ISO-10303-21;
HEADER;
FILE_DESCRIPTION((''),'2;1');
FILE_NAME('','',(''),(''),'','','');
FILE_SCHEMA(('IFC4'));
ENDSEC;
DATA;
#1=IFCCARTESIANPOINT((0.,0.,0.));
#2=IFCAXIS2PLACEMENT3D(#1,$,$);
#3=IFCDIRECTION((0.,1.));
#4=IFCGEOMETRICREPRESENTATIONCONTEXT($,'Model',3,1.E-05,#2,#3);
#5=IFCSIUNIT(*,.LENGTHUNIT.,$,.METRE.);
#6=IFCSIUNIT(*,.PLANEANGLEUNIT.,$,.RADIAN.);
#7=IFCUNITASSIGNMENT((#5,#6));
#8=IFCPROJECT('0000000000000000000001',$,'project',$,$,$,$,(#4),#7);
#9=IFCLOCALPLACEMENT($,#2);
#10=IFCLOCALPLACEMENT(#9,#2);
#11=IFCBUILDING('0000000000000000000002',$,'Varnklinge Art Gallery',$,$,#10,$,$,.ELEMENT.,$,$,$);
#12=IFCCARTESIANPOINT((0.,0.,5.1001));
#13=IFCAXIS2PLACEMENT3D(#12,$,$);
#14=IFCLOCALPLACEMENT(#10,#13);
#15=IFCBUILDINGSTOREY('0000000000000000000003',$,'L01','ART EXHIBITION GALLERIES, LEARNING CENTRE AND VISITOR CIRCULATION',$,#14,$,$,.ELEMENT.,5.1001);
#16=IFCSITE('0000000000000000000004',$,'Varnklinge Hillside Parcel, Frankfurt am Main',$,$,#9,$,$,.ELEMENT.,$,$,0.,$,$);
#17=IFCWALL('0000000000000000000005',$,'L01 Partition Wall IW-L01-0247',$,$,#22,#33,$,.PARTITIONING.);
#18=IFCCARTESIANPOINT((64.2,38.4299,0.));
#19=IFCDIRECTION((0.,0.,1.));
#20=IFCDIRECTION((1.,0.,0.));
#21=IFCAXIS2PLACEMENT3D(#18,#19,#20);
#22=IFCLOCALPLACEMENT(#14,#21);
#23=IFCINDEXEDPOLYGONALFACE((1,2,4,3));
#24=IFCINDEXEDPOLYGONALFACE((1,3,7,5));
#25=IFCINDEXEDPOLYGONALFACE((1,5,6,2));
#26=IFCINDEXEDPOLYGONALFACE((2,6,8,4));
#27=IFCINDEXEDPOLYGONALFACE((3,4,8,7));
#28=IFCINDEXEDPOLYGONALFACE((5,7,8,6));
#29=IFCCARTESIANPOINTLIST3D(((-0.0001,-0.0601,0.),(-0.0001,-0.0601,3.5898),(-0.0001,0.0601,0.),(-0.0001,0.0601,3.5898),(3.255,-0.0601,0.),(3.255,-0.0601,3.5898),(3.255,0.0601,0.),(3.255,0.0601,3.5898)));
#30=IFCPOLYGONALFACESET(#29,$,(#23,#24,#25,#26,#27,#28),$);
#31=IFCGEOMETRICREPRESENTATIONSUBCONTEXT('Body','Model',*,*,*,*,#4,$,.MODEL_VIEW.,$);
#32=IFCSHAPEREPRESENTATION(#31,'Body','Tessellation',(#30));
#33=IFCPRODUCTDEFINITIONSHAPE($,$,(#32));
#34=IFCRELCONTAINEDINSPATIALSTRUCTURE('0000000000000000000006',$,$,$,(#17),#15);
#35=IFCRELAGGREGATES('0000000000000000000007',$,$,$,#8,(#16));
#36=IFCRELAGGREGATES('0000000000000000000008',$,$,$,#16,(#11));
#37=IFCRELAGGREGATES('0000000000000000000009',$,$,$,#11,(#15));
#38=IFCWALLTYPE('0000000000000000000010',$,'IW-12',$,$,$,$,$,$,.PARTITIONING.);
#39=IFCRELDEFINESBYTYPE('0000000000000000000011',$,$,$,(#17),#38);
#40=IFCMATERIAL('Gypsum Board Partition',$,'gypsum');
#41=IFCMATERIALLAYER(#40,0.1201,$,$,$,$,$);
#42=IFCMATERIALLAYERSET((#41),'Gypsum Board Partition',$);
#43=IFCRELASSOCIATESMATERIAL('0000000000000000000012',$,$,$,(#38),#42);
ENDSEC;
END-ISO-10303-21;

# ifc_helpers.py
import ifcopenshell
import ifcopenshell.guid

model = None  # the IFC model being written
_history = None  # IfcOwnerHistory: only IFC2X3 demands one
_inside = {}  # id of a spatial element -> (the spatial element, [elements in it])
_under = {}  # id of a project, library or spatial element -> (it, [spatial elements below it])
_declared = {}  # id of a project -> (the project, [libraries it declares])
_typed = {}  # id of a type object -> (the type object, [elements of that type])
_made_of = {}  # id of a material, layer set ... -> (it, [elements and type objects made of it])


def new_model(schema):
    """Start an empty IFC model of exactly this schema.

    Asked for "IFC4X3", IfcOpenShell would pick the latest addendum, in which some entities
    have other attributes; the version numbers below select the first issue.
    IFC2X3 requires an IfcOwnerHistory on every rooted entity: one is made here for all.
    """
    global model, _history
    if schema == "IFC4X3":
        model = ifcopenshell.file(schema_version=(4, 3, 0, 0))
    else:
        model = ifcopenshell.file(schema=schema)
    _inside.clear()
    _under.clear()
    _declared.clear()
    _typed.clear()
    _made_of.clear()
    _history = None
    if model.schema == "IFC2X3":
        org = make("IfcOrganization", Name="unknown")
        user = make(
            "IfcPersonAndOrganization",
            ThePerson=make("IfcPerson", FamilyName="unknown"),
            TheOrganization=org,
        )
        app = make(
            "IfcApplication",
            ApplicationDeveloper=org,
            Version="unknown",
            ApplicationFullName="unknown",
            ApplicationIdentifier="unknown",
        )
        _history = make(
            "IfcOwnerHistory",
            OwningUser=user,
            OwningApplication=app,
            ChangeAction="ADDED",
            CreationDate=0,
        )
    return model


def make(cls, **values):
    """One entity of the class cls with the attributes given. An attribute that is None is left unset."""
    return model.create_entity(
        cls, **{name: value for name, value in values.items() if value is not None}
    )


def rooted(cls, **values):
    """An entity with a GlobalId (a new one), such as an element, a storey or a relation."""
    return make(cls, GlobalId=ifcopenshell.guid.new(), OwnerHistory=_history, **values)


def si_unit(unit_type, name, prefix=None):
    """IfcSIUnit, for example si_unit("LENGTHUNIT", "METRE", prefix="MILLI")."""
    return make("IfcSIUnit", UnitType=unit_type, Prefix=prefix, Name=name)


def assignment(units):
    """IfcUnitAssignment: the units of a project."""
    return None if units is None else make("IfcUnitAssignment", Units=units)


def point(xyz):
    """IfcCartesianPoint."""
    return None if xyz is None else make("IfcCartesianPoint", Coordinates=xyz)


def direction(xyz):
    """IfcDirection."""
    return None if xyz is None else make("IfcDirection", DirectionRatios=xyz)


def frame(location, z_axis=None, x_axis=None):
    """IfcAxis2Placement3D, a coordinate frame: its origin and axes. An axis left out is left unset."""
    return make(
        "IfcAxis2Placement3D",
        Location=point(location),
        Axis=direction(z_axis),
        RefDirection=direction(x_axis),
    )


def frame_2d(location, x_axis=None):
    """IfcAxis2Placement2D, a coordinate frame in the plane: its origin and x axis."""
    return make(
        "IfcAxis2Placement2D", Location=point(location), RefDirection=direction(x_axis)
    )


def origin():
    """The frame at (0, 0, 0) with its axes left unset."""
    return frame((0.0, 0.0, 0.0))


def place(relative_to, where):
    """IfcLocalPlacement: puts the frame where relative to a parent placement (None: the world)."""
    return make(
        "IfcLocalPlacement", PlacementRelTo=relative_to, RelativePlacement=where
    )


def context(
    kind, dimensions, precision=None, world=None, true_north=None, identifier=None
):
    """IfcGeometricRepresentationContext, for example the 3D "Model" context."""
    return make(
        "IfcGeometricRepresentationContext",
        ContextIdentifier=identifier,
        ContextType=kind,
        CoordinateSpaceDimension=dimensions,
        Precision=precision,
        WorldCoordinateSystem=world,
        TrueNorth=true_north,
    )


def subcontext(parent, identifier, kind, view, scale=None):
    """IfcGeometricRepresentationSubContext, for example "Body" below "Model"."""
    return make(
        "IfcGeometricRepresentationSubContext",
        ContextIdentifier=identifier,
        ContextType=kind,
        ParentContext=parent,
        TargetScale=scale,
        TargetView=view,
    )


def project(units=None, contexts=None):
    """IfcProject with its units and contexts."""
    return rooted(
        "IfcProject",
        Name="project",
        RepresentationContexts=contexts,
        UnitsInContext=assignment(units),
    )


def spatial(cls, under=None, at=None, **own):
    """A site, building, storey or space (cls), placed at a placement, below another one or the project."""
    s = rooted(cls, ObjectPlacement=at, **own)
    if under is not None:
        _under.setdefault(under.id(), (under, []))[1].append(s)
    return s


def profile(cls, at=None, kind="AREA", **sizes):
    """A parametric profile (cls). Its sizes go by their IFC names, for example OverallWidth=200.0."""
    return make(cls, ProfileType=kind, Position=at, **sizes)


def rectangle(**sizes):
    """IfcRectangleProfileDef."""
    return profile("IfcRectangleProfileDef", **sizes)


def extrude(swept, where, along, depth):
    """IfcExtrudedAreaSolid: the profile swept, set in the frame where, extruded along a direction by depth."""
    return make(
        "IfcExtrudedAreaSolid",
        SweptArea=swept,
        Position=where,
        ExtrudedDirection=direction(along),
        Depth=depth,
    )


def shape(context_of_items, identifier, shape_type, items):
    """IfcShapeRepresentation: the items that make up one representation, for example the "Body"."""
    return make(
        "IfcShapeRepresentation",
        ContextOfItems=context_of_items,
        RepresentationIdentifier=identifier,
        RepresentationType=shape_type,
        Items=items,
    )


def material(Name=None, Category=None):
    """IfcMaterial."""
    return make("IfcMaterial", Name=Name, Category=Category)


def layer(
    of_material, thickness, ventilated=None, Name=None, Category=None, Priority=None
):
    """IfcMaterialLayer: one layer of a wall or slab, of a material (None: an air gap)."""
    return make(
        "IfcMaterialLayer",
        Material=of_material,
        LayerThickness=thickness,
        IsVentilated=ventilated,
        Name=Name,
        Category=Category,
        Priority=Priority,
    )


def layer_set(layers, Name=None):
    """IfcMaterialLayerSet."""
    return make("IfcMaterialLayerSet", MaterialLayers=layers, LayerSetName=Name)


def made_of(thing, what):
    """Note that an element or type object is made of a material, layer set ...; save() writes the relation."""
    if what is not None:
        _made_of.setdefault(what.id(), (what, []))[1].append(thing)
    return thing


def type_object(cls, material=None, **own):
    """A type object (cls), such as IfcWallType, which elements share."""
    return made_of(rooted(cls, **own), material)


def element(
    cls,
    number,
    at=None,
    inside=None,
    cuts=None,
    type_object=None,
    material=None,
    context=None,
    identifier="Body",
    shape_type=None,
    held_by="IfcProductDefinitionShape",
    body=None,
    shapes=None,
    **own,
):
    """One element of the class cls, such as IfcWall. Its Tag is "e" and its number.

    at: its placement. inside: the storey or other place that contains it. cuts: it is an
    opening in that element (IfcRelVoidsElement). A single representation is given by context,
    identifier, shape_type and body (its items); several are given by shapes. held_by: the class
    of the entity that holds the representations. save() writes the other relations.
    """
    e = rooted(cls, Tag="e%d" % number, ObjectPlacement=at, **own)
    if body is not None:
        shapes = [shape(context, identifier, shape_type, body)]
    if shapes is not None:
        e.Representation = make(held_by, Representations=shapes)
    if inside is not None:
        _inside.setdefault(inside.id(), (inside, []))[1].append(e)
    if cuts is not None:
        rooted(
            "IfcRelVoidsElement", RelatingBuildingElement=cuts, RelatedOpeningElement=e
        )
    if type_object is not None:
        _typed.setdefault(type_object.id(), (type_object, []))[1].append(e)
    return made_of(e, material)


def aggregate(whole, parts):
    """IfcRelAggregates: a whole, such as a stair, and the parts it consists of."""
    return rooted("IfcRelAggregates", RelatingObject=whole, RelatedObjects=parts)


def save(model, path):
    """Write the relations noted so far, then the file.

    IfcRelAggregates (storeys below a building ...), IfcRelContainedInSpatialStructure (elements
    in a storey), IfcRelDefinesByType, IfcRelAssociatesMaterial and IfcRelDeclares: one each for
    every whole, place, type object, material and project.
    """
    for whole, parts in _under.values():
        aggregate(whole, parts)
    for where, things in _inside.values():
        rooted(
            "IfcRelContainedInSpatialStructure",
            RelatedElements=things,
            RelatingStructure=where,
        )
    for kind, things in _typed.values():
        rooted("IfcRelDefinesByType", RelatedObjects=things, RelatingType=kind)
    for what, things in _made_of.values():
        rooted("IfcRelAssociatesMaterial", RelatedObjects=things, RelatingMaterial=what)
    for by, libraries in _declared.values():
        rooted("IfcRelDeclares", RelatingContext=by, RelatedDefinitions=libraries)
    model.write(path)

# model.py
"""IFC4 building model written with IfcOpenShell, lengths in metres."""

from ifc_helpers import new_model, si_unit, direction, frame, frame_2d, origin, place, context, subcontext, project, spatial, rectangle, extrude, material, layer, layer_set, type_object, element, save


model = new_model("IFC4")

# Units and contexts
model_context = context("Model", 3, precision=1e-05, world=origin(), true_north=direction((0.0, 1.0)))
body_context = subcontext(model_context, "Body", "Model", "MODEL_VIEW")
ifc_project = project(units=[si_unit("LENGTHUNIT", "METRE"), si_unit("PLANEANGLEUNIT", "RADIAN")], contexts=[model_context])

# Site, building, storey
site_placement = place(None, origin())
site = spatial("IfcSite", under=ifc_project, at=site_placement, Name="Varnklinge Hillside Parcel, Frankfurt am Main", CompositionType="ELEMENT", RefElevation=0.0)
building_placement = place(site_placement, origin())
building = spatial("IfcBuilding", under=site, at=building_placement, Name="Varnklinge Art Gallery", CompositionType="ELEMENT")
storey_placement = place(building_placement, frame((0.0, 0.0, 5.1001)))
storey = spatial("IfcBuildingStorey", under=building, at=storey_placement, Name="L01", Description="ART EXHIBITION GALLERIES, LEARNING CENTRE AND VISITOR CIRCULATION", CompositionType="ELEMENT", Elevation=5.1001)

# Shared definitions
ifc_material_1 = material(Name="Gypsum Board Partition", Category="gypsum")
ifc_layer_1 = layer(ifc_material_1, 0.1201)
ifc_layer_set_1 = layer_set([ifc_layer_1], Name="Gypsum Board Partition")
wall_type_1 = type_object("IfcWallType", Name="IW-12", PredefinedType="PARTITIONING", material=ifc_layer_set_1)

# Wall
wall_1_placement = place(storey_placement, frame((64.2, 38.4299, 0.0), z_axis=(0.0, 0.0, 1.0), x_axis=(1.0, 0.0, 0.0)))
element("IfcWall", 1, at=wall_1_placement, inside=storey, type_object=wall_type_1, Name="L01 Partition Wall IW-L01-0247", PredefinedType="PARTITIONING", context=body_context, shape_type="SweptSolid", body=[
    extrude(rectangle(XDim=3.2551, YDim=0.1201, at=frame_2d((1.6274, 0.0))), origin(), (0.0, 0.0, 1.0), 3.5898),
])

save(model, "model.ifc")
